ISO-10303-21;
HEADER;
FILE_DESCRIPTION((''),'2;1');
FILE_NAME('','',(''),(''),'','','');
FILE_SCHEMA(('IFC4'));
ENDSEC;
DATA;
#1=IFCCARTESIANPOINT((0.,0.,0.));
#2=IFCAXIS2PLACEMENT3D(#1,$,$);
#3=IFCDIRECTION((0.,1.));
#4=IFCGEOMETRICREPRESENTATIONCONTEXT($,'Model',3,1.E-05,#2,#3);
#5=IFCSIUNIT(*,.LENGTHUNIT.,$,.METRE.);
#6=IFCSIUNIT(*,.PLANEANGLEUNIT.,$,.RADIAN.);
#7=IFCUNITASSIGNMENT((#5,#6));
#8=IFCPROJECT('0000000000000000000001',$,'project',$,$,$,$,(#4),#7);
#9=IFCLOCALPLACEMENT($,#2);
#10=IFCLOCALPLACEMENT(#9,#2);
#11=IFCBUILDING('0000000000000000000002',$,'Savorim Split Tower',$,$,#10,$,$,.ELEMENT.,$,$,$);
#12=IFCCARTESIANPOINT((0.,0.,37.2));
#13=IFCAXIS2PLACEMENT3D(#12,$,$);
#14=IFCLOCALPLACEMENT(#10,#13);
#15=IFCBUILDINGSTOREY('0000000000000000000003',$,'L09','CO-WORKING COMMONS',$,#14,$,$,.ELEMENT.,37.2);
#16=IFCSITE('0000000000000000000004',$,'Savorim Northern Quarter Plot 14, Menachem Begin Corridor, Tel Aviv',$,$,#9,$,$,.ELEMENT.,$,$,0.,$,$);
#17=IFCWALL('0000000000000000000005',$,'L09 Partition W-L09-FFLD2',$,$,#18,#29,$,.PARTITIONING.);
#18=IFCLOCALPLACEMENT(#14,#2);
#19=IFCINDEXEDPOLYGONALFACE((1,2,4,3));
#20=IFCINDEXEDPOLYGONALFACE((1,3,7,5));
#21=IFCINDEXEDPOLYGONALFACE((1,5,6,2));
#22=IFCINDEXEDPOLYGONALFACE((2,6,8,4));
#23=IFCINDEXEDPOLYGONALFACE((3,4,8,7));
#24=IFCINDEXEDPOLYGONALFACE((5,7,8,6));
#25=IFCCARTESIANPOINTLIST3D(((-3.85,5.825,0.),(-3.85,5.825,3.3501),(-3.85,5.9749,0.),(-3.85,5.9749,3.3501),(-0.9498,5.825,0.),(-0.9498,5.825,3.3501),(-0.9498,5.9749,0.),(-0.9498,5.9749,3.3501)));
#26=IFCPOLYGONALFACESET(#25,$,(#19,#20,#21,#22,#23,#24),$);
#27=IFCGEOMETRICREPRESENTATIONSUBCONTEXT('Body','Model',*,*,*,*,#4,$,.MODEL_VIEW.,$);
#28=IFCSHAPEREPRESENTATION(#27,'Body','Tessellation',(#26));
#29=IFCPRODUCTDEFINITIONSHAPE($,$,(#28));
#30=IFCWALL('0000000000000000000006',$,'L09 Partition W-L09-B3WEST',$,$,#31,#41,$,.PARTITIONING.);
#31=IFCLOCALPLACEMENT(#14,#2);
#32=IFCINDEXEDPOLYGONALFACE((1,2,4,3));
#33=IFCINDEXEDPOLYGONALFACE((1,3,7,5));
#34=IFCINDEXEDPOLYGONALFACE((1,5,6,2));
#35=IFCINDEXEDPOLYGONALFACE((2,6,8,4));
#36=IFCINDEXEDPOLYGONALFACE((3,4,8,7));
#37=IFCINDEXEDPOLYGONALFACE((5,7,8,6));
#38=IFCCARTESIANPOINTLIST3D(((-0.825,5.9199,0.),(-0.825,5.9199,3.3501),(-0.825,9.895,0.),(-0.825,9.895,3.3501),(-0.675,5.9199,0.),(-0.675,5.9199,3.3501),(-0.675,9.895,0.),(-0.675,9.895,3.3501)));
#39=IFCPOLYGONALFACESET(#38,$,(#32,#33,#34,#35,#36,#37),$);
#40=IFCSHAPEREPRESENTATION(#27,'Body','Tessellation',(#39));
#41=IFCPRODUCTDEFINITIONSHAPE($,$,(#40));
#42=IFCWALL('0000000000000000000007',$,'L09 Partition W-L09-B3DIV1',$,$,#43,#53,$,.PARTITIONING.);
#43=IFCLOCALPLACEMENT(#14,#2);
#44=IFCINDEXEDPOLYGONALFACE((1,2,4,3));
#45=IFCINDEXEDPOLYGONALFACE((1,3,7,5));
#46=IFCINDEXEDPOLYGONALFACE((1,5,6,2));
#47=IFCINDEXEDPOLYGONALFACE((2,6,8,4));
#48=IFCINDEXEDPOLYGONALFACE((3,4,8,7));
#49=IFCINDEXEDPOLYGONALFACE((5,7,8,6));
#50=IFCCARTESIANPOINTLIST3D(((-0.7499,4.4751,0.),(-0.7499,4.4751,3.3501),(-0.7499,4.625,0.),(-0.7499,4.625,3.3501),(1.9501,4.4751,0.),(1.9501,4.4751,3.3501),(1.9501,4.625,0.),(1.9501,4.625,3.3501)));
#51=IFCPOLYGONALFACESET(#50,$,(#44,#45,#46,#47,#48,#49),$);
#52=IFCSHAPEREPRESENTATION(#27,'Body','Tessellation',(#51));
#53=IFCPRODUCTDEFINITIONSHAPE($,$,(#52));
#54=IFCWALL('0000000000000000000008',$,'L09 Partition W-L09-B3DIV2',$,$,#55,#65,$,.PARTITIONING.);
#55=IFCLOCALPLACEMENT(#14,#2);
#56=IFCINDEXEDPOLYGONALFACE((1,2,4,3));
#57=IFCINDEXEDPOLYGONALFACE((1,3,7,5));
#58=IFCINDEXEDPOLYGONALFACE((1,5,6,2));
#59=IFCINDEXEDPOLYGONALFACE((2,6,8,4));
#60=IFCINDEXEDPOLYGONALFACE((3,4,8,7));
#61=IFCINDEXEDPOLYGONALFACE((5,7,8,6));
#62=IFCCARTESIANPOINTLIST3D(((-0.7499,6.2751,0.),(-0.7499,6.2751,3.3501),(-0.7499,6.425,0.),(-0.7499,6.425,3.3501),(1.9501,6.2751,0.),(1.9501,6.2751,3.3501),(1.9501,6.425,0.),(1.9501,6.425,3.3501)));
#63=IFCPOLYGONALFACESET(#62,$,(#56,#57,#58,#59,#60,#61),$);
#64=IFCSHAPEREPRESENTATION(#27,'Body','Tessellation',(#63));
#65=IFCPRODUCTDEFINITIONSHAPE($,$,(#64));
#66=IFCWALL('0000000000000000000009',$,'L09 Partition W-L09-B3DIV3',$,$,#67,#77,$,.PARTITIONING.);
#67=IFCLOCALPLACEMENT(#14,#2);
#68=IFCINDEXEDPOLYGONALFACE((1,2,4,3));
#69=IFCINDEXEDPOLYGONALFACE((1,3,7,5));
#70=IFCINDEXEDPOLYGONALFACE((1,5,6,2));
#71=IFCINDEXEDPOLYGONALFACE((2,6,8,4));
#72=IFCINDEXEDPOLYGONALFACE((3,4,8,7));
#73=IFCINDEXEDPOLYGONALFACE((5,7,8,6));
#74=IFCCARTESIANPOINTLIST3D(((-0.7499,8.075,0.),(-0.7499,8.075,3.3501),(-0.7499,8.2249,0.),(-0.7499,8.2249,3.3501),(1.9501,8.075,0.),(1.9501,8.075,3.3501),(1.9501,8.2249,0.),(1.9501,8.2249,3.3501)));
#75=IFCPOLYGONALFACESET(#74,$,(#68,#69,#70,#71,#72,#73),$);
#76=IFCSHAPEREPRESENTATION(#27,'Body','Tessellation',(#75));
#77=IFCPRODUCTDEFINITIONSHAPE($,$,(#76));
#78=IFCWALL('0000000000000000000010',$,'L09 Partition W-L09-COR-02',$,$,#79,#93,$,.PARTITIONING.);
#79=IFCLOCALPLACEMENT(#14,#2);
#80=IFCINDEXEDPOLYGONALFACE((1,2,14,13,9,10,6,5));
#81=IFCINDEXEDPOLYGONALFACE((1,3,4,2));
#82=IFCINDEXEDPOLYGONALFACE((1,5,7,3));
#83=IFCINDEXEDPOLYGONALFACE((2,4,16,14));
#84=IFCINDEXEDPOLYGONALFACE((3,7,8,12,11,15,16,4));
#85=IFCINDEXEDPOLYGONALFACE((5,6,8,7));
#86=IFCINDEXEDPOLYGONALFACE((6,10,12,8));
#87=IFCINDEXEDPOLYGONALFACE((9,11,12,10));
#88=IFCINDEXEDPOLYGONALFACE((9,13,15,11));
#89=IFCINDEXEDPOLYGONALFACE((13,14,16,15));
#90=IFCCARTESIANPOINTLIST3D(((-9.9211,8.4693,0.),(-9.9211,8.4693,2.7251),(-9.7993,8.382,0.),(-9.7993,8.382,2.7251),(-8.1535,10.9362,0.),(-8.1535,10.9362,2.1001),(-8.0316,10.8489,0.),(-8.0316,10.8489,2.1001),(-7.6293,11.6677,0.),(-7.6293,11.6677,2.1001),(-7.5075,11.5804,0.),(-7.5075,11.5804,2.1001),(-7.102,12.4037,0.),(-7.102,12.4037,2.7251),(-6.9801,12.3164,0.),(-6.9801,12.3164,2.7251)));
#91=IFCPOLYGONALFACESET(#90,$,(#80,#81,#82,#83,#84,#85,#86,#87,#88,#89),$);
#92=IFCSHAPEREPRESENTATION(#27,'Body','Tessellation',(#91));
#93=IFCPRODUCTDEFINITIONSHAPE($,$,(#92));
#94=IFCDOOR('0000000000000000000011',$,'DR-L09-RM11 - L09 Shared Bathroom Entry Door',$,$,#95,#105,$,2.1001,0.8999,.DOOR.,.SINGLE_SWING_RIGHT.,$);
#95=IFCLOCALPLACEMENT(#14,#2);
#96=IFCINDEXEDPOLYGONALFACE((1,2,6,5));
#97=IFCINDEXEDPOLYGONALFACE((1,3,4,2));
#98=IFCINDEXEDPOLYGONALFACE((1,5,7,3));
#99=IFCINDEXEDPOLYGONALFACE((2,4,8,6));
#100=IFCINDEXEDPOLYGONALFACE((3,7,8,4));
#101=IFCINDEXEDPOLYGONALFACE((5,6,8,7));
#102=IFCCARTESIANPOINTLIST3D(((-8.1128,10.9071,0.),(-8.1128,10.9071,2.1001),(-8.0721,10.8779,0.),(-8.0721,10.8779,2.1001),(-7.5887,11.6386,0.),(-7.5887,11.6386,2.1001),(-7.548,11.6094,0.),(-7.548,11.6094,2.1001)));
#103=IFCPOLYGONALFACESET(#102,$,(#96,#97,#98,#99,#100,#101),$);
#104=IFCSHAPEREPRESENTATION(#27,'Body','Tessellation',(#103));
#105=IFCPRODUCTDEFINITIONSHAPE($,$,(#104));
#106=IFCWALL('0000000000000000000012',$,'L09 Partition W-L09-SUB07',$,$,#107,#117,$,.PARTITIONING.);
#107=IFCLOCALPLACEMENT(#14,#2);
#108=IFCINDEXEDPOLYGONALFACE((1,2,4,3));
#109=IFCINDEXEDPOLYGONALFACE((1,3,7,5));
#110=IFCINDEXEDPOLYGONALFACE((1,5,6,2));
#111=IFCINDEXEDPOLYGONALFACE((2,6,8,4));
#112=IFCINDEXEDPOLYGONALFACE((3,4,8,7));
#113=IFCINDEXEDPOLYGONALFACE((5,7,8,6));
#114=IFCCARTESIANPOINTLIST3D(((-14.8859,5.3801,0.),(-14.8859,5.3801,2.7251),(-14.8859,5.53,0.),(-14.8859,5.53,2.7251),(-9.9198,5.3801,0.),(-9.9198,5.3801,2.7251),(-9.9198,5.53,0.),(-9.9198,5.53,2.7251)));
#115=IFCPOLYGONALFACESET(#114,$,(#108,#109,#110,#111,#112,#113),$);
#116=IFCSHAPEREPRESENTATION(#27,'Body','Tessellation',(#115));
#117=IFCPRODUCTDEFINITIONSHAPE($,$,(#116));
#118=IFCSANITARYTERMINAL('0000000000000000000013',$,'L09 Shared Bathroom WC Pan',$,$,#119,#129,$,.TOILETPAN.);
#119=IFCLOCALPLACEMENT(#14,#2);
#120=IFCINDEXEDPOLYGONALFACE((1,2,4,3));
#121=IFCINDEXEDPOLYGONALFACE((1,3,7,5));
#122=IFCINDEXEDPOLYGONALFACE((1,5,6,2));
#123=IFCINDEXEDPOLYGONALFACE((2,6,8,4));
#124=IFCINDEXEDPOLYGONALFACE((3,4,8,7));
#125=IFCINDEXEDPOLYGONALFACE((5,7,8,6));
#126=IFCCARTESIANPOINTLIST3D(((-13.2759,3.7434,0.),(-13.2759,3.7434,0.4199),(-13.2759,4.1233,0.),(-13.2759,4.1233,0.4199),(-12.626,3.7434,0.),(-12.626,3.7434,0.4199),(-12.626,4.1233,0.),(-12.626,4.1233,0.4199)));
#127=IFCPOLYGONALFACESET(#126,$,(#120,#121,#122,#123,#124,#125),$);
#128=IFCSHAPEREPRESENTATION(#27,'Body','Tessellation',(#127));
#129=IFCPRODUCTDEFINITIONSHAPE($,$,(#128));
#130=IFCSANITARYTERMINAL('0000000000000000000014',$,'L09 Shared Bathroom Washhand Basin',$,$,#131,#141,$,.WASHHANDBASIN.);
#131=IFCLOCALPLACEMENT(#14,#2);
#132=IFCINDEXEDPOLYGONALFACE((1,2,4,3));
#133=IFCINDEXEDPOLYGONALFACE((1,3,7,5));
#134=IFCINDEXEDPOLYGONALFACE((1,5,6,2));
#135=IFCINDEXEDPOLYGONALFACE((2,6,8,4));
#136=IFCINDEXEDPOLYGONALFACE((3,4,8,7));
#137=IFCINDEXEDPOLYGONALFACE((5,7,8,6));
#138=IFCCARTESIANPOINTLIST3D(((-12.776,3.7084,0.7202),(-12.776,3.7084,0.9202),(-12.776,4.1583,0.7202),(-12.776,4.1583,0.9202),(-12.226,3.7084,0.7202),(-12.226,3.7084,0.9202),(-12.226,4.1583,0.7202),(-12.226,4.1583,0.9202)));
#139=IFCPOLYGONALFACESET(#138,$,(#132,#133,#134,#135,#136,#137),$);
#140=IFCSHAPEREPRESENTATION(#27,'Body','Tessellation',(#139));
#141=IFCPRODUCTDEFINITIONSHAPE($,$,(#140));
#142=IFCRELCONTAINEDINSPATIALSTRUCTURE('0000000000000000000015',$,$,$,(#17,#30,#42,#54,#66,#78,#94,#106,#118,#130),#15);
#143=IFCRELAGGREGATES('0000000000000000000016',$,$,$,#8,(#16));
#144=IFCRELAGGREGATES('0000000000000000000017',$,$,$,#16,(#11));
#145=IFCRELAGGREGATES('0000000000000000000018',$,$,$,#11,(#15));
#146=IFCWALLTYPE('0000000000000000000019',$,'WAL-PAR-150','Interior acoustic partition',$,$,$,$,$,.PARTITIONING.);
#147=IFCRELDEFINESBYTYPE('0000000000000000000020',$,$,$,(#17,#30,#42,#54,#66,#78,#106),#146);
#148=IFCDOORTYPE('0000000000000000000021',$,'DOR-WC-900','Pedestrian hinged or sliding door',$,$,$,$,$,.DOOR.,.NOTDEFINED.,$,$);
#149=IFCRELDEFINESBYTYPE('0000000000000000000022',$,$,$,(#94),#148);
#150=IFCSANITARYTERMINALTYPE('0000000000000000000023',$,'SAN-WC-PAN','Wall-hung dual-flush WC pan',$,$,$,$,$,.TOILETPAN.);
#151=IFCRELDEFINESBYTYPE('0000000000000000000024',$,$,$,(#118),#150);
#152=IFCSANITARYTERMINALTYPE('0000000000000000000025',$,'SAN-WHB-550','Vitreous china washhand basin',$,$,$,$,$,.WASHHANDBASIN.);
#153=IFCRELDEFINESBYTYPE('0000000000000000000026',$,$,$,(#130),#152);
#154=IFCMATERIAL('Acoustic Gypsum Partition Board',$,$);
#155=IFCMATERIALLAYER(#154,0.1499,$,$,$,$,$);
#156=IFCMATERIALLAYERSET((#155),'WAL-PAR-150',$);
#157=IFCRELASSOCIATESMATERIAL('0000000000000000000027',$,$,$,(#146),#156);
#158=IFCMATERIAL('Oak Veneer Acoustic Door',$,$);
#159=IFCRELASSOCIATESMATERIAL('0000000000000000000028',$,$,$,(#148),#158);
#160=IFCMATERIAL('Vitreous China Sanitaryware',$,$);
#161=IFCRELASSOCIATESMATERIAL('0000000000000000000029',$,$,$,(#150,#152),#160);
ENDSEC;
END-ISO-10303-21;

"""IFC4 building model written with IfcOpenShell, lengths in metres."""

from ifc_helpers import new_model, si_unit, direction, frame, frame_2d, origin, origin_2d, place, context, subcontext, project, spatial, rectangle, extrude, material, layer, layer_set, type_object, element, fill, save


model = new_model("IFC4")

# Units and contexts
model_context = context("Model", 3, precision=1e-05, world=origin(), true_north=direction((0.0, 1.0)))
body_context = subcontext(model_context, "Body", "Model", "MODEL_VIEW")
ifc_project = project(units=[si_unit("LENGTHUNIT", "METRE"), si_unit("PLANEANGLEUNIT", "RADIAN")], contexts=[model_context])

# Site, building, storey
site_placement = place(None, origin())
site = spatial("IfcSite", under=ifc_project, at=site_placement, Name="Savorim Northern Quarter Plot 14, Menachem Begin Corridor, Tel Aviv", CompositionType="ELEMENT", RefElevation=0.0)
building_placement = place(site_placement, origin())
building = spatial("IfcBuilding", under=site, at=building_placement, Name="Savorim Split Tower", CompositionType="ELEMENT")
storey_placement = place(building_placement, frame((0.0, 0.0, 37.2)))
storey = spatial("IfcBuildingStorey", under=building, at=storey_placement, Name="L09", Description="CO-WORKING COMMONS", CompositionType="ELEMENT", Elevation=37.2)

# Walls
ifc_material_1 = material(Name="Acoustic Gypsum Partition Board")
ifc_layer_1 = layer(ifc_material_1, 0.1499)
ifc_layer_set_1 = layer_set([ifc_layer_1], Name="WAL-PAR-150")
wall_type_1 = type_object("IfcWallType", Name="WAL-PAR-150", Description="Interior acoustic partition", PredefinedType="PARTITIONING", material=ifc_layer_set_1)
wall_1_placement = place(storey_placement, frame((-3.8501, 5.8999, 0.0), z_axis=(0.0, 0.0, 1.0), x_axis=(1.0, 0.0, 0.0)))
element("IfcWall", 1, at=wall_1_placement, inside=storey, type_object=wall_type_1, Name="L09 Partition W-L09-FFLD2", PredefinedType="PARTITIONING", context=body_context, shape_type="SweptSolid", body=[
    extrude(rectangle(XDim=2.9001, YDim=0.1499, at=frame_2d((1.4502, 0.0))), origin(), (0.0, 0.0, 1.0), 3.3501),
])
wall_2_placement = place(storey_placement, frame((-0.75, 5.9199, 0.0), z_axis=(0.0, 0.0, 1.0), x_axis=(0.0, 1.0, 0.0)))
element("IfcWall", 2, at=wall_2_placement, inside=storey, type_object=wall_type_1, Name="L09 Partition W-L09-B3WEST", PredefinedType="PARTITIONING", context=body_context, shape_type="SweptSolid", body=[
    extrude(rectangle(XDim=3.9751, YDim=0.1499, at=frame_2d((1.9875, 0.0))), origin(), (0.0, 0.0, 1.0), 3.3501),
])
for number, where, z_axis, x_axis, name in (
    (3, (-0.75, 4.55, 0.0), (0.0, 0.0, 1.0), (1.0, 0.0, 0.0), "L09 Partition W-L09-B3DIV1"),
    (4, (-0.75, 6.3501, 0.0), (0.0, 0.0, 1.0), (1.0, 0.0, 0.0), "L09 Partition W-L09-B3DIV2"),
    (5, (-0.75, 8.1499, 0.0), (0.0, 0.0, 1.0), (1.0, 0.0, 0.0), "L09 Partition W-L09-B3DIV3"),
):
    element("IfcWall", number, at=place(storey_placement, frame(where, z_axis=z_axis, x_axis=x_axis)), inside=storey, type_object=wall_type_1, Name=name, PredefinedType="PARTITIONING", context=body_context, shape_type="SweptSolid", body=[
        extrude(rectangle(XDim=2.7, YDim=0.1499, at=frame_2d((1.3501, 0.0))), origin(), (0.0, 0.0, 1.0), 3.3501),
    ])

# Wall, opening, door
wall_3_placement = place(storey_placement, frame((-9.8601, 8.4258, 0.0), z_axis=(0.0, 0.0, 1.0), x_axis=(0.58245, 0.812867, 0.0)))
wall_3 = element("IfcWall", 6, at=wall_3_placement, inside=storey, type_object=wall_type_1, Name="L09 Partition W-L09-COR-02", PredefinedType="PARTITIONING", context=body_context, shape_type="SweptSolid", body=[
    extrude(rectangle(XDim=4.8401, YDim=0.1499, at=frame_2d((2.4199, 0.0))), origin(), (0.0, 0.0, 1.0), 2.7251),
])
opening_1_placement = place(wall_3_placement, frame((3.0347, 0.0, 0.0)))
opening_1 = element("IfcOpeningElement", 7, at=opening_1_placement, cuts=wall_3, PredefinedType="OPENING", context=body_context, shape_type="SweptSolid", body=[
    extrude(rectangle(XDim=0.8999, YDim=2.1001, at=frame_2d((0.45, 1.05))), frame((0.0, 0.085, 0.0), z_axis=(0.0, -1.0, 0.0), x_axis=(1.0, 0.0, 0.0)), (0.0, 0.0, 1.0), 0.1699),
])
ifc_material_2 = material(Name="Oak Veneer Acoustic Door")
door_type_1 = type_object("IfcDoorType", Name="DOR-WC-900", Description="Pedestrian hinged or sliding door", OperationType="NOTDEFINED", PredefinedType="DOOR", material=ifc_material_2)
door_1_placement = place(opening_1_placement, origin())
door_1 = element("IfcDoor", 8, at=door_1_placement, inside=storey, type_object=door_type_1, Name="DR-L09-RM11 - L09 Shared Bathroom Entry Door", OperationType="SINGLE_SWING_RIGHT", OverallHeight=2.1001, OverallWidth=0.8999, PredefinedType="DOOR", context=body_context, shape_type="SweptSolid", body=[
    extrude(rectangle(XDim=0.8999, YDim=2.1001, at=frame_2d((0.45, 1.05))), frame((0.0, 0.0249, 0.0), z_axis=(0.0, -1.0, 0.0), x_axis=(1.0, 0.0, 0.0)), (0.0, 0.0, 1.0), 0.05),
])
fill(opening_1, door_1)

# Wall
wall_4_placement = place(storey_placement, frame((-9.9199, 5.4551, 0.0), z_axis=(0.0, 0.0, 1.0), x_axis=(-1.0, 0.0, 0.0)))
element("IfcWall", 9, at=wall_4_placement, inside=storey, type_object=wall_type_1, Name="L09 Partition W-L09-SUB07", PredefinedType="PARTITIONING", context=body_context, shape_type="SweptSolid", body=[
    extrude(rectangle(XDim=4.9661, YDim=0.1499, at=frame_2d((2.4829, 0.0))), origin(), (0.0, 0.0, 1.0), 2.7251),
])

# Sanitary terminals
ifc_material_3 = material(Name="Vitreous China Sanitaryware")
sanitary_terminal_type_1 = type_object("IfcSanitaryTerminalType", Name="SAN-WC-PAN", Description="Wall-hung dual-flush WC pan", PredefinedType="TOILETPAN", material=ifc_material_3)
sanitary_terminal_1_placement = place(storey_placement, frame((-12.9509, 3.9333, 0.0), z_axis=(0.0, 0.0, 1.0), x_axis=(1.0, 0.0, 0.0)))
element("IfcSanitaryTerminal", 10, at=sanitary_terminal_1_placement, inside=storey, type_object=sanitary_terminal_type_1, Name="L09 Shared Bathroom WC Pan", PredefinedType="TOILETPAN", context=body_context, shape_type="SweptSolid", body=[
    extrude(rectangle(XDim=0.6499, YDim=0.3799, at=origin_2d()), origin(), (0.0, 0.0, 1.0), 0.4199),
])
sanitary_terminal_type_2 = type_object("IfcSanitaryTerminalType", Name="SAN-WHB-550", Description="Vitreous china washhand basin", PredefinedType="WASHHANDBASIN", material=ifc_material_3)
sanitary_terminal_2_placement = place(storey_placement, frame((-12.501, 3.9333, 0.7202), z_axis=(0.0, 0.0, 1.0), x_axis=(1.0, 0.0, 0.0)))
element("IfcSanitaryTerminal", 11, at=sanitary_terminal_2_placement, inside=storey, type_object=sanitary_terminal_type_2, Name="L09 Shared Bathroom Washhand Basin", PredefinedType="WASHHANDBASIN", context=body_context, shape_type="SweptSolid", body=[
    extrude(rectangle(XDim=0.55, YDim=0.45, at=origin_2d()), origin(), (0.0, 0.0, 1.0), 0.2),
])

save(model, "model.ifc")
